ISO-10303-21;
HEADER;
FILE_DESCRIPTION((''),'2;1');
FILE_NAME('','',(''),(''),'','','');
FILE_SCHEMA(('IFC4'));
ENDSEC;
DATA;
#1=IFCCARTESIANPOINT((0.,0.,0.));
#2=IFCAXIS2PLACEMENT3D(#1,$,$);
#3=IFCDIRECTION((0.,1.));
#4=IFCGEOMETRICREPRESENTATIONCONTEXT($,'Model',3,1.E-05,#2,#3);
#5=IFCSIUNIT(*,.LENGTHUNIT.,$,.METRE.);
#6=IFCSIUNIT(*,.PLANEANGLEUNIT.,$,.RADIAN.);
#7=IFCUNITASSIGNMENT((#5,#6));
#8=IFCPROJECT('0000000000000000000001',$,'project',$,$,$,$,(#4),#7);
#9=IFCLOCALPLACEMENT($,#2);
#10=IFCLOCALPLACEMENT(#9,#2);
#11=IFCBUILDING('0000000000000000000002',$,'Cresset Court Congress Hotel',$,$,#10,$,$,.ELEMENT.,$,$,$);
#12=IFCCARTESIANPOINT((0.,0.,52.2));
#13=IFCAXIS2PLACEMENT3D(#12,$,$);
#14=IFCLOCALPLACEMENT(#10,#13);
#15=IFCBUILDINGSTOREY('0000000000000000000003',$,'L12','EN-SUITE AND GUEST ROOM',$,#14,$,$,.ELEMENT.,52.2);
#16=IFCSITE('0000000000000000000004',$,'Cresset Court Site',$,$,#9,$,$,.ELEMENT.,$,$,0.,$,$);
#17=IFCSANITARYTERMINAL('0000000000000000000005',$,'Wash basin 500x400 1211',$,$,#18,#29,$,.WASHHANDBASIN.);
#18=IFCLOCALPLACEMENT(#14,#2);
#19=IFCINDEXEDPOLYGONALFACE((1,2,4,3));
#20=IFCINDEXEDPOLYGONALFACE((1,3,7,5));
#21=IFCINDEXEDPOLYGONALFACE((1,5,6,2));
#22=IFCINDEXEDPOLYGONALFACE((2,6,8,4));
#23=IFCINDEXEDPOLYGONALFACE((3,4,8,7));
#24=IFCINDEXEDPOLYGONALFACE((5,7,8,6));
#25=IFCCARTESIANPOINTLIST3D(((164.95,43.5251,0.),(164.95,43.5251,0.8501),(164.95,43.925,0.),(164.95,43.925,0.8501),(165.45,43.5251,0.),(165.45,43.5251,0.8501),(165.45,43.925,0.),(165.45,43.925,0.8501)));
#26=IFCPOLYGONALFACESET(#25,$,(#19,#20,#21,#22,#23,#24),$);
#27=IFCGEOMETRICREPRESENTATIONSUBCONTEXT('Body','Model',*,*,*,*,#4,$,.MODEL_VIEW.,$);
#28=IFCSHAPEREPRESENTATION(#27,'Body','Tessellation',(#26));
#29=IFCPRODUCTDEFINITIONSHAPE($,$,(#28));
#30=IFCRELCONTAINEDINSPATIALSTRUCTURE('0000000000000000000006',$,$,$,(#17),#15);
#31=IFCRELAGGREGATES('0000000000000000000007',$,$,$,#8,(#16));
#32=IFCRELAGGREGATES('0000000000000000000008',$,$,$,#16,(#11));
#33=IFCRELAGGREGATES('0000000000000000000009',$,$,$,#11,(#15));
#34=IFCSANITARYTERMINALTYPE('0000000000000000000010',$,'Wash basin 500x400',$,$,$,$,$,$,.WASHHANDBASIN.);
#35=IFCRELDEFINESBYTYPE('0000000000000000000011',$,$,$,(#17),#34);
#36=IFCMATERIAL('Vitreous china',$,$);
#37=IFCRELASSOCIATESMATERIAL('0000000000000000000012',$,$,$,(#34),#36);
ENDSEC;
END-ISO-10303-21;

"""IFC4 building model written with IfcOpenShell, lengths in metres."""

from ifc_helpers import new_model, si_unit, direction, frame, origin, origin_2d, place, context, subcontext, project, spatial, rectangle, extrude, material, type_object, element, save


model = new_model("IFC4")

# Units and contexts
model_context = context("Model", 3, precision=1e-05, world=origin(), true_north=direction((0.0, 1.0)))
body_context = subcontext(model_context, "Body", "Model", "MODEL_VIEW")
ifc_project = project(units=[si_unit("LENGTHUNIT", "METRE"), si_unit("PLANEANGLEUNIT", "RADIAN")], contexts=[model_context])

# Site, building, storey
site_placement = place(None, origin())
site = spatial("IfcSite", under=ifc_project, at=site_placement, Name="Cresset Court Site", CompositionType="ELEMENT", RefElevation=0.0)
building_placement = place(site_placement, origin())
building = spatial("IfcBuilding", under=site, at=building_placement, Name="Cresset Court Congress Hotel", CompositionType="ELEMENT")
storey_placement = place(building_placement, frame((0.0, 0.0, 52.2)))
storey = spatial("IfcBuildingStorey", under=building, at=storey_placement, Name="L12", Description="EN-SUITE AND GUEST ROOM", CompositionType="ELEMENT", Elevation=52.2)

# Sanitary terminal
ifc_material_1 = material(Name="Vitreous china")
sanitary_terminal_type_1 = type_object("IfcSanitaryTerminalType", Name="Wash basin 500x400", PredefinedType="WASHHANDBASIN", material=ifc_material_1)
for number, where, z_axis, x_axis, name in (
    (1, (165.2, 43.7251, 0.0), (0.0, 0.0, 1.0), (1.0, 0.0, 0.0), "Wash basin 500x400 1211"),
):
    element("IfcSanitaryTerminal", number, at=place(storey_placement, frame(where, z_axis=z_axis, x_axis=x_axis)), inside=storey, type_object=sanitary_terminal_type_1, Name=name, PredefinedType="WASHHANDBASIN", context=body_context, shape_type="SweptSolid", body=[
        extrude(rectangle(XDim=0.5, YDim=0.3999, at=origin_2d()), origin(), (0.0, 0.0, 1.0), 0.8501),
    ])

save(model, "model.ifc")
